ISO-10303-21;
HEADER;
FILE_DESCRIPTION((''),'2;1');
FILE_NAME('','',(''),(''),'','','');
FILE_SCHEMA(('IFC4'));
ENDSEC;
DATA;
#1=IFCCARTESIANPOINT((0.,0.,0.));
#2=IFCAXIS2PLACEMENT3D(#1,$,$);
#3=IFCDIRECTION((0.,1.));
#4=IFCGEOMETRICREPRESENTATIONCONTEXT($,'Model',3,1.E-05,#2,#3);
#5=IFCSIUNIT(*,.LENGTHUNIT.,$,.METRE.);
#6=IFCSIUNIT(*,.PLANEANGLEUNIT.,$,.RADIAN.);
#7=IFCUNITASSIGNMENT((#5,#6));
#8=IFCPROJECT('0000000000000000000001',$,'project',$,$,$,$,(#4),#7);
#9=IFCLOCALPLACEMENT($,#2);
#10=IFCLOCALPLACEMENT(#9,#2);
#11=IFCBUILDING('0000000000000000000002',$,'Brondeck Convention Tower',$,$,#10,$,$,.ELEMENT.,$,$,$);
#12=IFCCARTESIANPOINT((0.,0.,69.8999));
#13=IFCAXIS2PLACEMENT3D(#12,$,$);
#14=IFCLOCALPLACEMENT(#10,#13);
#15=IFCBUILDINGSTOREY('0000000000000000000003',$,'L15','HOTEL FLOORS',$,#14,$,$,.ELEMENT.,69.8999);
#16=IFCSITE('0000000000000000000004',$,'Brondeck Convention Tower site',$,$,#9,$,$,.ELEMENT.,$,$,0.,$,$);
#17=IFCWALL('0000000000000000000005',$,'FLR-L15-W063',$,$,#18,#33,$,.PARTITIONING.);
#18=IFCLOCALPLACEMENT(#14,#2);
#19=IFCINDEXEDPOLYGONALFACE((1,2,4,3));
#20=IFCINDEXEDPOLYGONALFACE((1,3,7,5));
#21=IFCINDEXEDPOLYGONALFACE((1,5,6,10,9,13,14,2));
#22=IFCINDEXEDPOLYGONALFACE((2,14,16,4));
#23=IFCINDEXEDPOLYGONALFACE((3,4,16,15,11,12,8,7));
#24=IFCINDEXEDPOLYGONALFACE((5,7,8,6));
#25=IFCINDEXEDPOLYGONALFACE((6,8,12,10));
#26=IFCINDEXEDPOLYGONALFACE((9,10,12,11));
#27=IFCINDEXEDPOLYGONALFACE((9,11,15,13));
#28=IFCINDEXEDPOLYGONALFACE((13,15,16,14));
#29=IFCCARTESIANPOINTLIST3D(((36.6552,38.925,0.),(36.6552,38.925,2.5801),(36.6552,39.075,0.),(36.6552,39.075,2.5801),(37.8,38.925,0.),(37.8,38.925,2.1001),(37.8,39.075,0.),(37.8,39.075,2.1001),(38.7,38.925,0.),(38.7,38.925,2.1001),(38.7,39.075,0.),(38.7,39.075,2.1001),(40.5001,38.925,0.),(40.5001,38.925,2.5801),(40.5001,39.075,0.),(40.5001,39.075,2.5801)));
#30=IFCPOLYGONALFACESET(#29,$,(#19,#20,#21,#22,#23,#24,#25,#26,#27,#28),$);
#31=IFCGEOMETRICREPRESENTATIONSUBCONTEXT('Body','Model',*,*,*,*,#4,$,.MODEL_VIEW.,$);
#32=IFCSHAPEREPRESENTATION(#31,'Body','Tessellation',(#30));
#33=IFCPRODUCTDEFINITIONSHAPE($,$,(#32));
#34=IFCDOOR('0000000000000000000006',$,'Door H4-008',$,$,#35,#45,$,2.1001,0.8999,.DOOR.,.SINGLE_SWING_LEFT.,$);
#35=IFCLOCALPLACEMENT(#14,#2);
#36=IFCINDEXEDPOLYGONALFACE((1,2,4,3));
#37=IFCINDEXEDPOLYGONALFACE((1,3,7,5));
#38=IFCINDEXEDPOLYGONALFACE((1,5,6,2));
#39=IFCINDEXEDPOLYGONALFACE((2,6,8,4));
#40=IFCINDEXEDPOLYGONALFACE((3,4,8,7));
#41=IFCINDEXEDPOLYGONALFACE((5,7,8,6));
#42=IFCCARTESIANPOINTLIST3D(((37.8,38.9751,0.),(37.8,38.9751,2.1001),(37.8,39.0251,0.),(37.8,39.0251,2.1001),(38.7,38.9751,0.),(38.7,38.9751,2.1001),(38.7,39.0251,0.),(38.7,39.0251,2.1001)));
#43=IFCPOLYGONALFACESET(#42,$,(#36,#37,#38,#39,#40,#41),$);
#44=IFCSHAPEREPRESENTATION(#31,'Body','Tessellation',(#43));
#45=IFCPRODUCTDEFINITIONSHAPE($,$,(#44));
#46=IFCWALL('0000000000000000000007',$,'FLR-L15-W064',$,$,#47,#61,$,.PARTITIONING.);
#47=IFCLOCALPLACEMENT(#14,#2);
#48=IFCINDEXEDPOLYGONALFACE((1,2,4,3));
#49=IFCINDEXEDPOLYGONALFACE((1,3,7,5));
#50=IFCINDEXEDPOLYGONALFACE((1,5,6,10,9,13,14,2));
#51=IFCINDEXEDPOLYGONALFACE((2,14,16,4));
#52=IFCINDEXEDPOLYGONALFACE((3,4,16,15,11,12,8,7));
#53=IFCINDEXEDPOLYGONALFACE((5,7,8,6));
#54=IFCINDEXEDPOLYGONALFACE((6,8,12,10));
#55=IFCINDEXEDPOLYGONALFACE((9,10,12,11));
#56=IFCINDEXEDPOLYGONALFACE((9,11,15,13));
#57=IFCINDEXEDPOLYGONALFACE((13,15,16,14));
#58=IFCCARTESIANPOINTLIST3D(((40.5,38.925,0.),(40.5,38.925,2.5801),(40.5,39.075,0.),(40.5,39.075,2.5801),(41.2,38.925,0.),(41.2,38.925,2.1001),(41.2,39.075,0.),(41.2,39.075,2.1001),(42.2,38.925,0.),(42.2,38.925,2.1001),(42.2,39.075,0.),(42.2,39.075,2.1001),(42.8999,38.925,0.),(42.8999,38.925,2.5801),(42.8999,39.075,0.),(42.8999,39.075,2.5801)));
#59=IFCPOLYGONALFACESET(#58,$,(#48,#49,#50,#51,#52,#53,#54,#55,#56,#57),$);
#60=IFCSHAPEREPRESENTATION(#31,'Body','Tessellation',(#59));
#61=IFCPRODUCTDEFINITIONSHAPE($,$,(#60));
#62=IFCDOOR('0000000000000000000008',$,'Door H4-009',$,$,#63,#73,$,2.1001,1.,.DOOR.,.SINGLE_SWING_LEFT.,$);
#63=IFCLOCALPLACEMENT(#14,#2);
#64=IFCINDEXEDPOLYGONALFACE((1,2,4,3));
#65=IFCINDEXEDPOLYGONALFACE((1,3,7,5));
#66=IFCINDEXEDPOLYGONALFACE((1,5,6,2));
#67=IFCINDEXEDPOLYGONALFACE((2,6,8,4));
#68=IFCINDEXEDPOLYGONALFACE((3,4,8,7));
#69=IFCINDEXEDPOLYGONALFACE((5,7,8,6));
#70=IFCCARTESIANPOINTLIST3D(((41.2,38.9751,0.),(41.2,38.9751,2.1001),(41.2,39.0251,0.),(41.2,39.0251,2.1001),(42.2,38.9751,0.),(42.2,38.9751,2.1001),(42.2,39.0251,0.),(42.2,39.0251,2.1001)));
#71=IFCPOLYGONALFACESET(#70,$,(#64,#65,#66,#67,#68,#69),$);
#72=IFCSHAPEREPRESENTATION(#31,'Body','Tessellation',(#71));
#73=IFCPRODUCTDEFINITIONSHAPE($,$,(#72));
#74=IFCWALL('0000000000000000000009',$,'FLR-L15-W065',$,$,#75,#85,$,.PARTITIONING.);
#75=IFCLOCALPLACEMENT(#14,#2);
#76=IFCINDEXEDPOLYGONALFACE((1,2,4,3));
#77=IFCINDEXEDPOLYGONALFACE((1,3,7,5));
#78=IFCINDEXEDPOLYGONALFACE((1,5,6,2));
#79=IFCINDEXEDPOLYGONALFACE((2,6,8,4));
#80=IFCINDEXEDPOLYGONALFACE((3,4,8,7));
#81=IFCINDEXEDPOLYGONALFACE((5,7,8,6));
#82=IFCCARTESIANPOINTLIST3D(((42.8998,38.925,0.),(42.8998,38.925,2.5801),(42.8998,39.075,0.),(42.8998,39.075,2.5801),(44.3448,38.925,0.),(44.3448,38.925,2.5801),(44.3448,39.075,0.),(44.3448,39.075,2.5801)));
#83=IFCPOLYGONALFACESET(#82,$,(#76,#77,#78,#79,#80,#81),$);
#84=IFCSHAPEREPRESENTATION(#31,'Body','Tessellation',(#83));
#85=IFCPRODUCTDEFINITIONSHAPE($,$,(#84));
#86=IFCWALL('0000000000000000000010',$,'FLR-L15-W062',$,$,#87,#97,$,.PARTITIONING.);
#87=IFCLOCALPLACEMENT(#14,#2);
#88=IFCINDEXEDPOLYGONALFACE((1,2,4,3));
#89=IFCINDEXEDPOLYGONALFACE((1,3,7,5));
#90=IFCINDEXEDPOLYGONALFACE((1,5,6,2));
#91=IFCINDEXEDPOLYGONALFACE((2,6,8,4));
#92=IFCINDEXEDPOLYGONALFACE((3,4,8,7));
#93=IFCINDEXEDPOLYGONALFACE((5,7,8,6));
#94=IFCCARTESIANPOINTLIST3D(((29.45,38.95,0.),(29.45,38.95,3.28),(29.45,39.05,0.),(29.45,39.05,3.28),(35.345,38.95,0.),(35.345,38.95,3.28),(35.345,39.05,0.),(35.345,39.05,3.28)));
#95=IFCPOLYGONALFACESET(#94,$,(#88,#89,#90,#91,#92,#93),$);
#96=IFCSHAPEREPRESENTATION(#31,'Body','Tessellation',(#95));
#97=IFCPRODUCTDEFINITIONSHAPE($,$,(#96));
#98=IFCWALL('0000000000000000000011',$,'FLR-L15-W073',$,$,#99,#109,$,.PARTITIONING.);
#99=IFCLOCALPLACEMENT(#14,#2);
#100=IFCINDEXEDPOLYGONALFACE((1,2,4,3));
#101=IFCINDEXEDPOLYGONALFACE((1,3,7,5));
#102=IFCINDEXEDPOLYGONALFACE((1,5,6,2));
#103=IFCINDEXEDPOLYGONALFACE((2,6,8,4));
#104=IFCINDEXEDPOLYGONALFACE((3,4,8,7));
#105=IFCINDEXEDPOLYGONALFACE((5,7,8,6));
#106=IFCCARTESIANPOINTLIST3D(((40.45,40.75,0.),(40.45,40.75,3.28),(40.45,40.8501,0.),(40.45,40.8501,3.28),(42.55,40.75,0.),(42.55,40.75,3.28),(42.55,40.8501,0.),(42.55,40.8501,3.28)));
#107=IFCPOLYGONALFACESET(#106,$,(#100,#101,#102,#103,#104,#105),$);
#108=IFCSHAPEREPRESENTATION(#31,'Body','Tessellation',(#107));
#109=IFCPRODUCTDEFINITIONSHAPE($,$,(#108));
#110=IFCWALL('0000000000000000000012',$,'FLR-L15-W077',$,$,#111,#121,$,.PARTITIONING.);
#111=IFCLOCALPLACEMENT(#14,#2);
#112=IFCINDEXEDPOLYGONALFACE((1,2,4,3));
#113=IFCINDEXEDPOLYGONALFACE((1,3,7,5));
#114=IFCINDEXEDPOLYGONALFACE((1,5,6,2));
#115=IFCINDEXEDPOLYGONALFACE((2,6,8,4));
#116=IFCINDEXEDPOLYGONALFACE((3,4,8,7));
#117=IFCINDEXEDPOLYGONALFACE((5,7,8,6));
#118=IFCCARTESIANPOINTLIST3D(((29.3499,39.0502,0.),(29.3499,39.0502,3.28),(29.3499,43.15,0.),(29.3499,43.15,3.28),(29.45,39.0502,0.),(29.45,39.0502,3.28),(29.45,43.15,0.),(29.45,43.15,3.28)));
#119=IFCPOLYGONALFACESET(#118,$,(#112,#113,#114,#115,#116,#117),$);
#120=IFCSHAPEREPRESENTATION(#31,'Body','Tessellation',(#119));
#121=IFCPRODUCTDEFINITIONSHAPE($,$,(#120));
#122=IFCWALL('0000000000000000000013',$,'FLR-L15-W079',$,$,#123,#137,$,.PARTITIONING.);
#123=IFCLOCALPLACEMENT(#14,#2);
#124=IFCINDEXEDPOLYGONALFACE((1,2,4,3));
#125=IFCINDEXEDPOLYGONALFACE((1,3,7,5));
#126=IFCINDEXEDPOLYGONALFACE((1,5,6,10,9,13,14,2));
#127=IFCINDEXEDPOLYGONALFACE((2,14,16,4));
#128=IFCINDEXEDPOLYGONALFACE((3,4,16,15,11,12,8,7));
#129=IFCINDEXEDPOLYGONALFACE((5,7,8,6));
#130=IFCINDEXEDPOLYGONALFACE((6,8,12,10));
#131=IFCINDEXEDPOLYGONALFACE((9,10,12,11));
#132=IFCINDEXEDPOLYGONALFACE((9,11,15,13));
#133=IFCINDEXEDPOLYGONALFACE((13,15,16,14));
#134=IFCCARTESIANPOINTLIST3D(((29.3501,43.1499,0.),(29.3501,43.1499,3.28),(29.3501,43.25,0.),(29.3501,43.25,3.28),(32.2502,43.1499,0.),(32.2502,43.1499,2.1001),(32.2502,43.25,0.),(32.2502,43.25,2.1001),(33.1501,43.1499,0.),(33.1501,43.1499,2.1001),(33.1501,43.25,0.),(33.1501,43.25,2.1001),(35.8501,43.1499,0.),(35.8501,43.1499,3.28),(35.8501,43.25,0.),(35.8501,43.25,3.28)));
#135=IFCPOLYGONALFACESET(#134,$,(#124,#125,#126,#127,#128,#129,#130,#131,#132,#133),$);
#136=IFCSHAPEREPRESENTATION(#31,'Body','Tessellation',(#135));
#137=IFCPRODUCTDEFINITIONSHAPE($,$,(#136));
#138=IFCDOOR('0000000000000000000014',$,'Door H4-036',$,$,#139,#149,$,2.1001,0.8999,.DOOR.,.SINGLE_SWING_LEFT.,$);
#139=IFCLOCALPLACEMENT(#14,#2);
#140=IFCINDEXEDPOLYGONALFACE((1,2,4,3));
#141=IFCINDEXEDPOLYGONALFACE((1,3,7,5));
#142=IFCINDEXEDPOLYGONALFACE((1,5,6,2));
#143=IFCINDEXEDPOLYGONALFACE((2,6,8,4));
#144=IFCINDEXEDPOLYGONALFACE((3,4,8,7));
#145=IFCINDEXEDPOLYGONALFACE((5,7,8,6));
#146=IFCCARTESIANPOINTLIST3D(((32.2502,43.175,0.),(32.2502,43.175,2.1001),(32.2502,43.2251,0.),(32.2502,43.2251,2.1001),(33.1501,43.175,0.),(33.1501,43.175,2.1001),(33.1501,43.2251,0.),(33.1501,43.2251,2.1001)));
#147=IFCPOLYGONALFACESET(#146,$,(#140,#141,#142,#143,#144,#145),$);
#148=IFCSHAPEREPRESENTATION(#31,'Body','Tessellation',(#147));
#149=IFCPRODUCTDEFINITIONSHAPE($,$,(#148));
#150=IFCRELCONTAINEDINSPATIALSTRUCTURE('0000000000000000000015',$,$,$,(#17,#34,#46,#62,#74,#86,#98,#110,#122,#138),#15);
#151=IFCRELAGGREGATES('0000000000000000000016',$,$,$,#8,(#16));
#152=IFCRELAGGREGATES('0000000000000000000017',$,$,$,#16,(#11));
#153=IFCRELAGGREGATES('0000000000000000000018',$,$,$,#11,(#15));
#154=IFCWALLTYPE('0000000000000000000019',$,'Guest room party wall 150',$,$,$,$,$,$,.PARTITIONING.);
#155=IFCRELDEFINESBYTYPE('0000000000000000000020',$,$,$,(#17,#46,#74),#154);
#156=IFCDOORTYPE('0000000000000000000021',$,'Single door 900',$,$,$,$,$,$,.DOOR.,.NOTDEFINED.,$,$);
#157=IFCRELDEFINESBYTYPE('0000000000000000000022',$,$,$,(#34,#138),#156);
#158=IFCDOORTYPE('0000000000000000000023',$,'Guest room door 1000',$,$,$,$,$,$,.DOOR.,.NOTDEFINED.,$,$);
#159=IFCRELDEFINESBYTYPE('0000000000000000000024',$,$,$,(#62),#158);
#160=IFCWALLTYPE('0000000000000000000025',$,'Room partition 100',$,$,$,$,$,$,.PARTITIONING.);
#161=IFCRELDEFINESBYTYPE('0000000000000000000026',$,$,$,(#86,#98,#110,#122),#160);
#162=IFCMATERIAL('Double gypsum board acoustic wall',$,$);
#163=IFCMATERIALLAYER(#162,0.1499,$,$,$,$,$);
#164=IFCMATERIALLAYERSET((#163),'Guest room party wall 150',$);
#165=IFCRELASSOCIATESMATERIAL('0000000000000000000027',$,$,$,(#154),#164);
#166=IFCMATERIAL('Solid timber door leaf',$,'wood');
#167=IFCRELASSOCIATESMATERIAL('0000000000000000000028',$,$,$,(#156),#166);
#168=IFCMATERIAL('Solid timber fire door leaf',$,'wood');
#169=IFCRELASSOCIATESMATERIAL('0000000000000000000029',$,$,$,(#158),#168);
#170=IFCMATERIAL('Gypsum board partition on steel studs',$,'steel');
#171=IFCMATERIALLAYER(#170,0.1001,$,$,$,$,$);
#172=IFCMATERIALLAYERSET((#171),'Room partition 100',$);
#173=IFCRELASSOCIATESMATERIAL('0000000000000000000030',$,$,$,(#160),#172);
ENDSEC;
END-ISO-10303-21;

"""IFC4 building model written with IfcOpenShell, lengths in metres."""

from ifc_helpers import new_model, si_unit, direction, frame, frame_2d, origin, place, context, subcontext, project, spatial, rectangle, extrude, material, layer, layer_set, type_object, element, fill, save


model = new_model("IFC4")

# Units and contexts
model_context = context("Model", 3, precision=1e-05, world=origin(), true_north=direction((0.0, 1.0)))
body_context = subcontext(model_context, "Body", "Model", "MODEL_VIEW")
ifc_project = project(units=[si_unit("LENGTHUNIT", "METRE"), si_unit("PLANEANGLEUNIT", "RADIAN")], contexts=[model_context])

# Site, building, storey
site_placement = place(None, origin())
site = spatial("IfcSite", under=ifc_project, at=site_placement, Name="Brondeck Convention Tower site", CompositionType="ELEMENT", RefElevation=0.0)
building_placement = place(site_placement, origin())
building = spatial("IfcBuilding", under=site, at=building_placement, Name="Brondeck Convention Tower", CompositionType="ELEMENT")
storey_placement = place(building_placement, frame((0.0, 0.0, 69.8999)))
storey = spatial("IfcBuildingStorey", under=building, at=storey_placement, Name="L15", Description="HOTEL FLOORS", CompositionType="ELEMENT", Elevation=69.8999)

# Walls, openings, doors
ifc_material_1 = material(Name="Double gypsum board acoustic wall")
ifc_layer_1 = layer(ifc_material_1, 0.1499)
ifc_layer_set_1 = layer_set([ifc_layer_1], Name="Guest room party wall 150")
wall_type_1 = type_object("IfcWallType", Name="Guest room party wall 150", PredefinedType="PARTITIONING", material=ifc_layer_set_1)
wall_1_placement = place(storey_placement, frame((40.5, 39.0, 0.0), z_axis=(0.0, 0.0, 1.0), x_axis=(-1.0, 0.0, 0.0)))
wall_1 = element("IfcWall", 1, at=wall_1_placement, inside=storey, type_object=wall_type_1, Name="FLR-L15-W063", PredefinedType="PARTITIONING", context=body_context, shape_type="SweptSolid", body=[
    extrude(rectangle(XDim=3.845, YDim=0.1499, at=frame_2d((1.9224, 0.0))), origin(), (0.0, 0.0, 1.0), 2.5801),
])
opening_1_placement = place(wall_1_placement, frame((1.8, 0.0, 0.0)))
opening_1 = element("IfcOpeningElement", 2, at=opening_1_placement, cuts=wall_1, PredefinedType="OPENING", context=body_context, shape_type="SweptSolid", body=[
    extrude(rectangle(XDim=0.8999, YDim=2.1001, at=frame_2d((0.45, 1.05))), frame((0.0, 0.085, 0.0), z_axis=(0.0, -1.0, 0.0), x_axis=(1.0, 0.0, 0.0)), (0.0, 0.0, 1.0), 0.1699),
])
ifc_material_2 = material(Name="Solid timber door leaf", Category="wood")
door_type_1 = type_object("IfcDoorType", Name="Single door 900", OperationType="NOTDEFINED", PredefinedType="DOOR", material=ifc_material_2)
door_1_placement = place(opening_1_placement, origin())
door_1 = element("IfcDoor", 3, at=door_1_placement, inside=storey, type_object=door_type_1, Name="Door H4-008", OperationType="SINGLE_SWING_LEFT", OverallHeight=2.1001, OverallWidth=0.8999, PredefinedType="DOOR", context=body_context, shape_type="SweptSolid", body=[
    extrude(rectangle(XDim=0.8999, YDim=2.1001, at=frame_2d((0.45, 1.05))), frame((0.0, 0.0249, 0.0), z_axis=(0.0, -1.0, 0.0), x_axis=(1.0, 0.0, 0.0)), (0.0, 0.0, 1.0), 0.05),
])
fill(opening_1, door_1)
wall_2_placement = place(storey_placement, frame((42.8999, 39.0, 0.0), z_axis=(0.0, 0.0, 1.0), x_axis=(-1.0, 0.0, 0.0)))
wall_2 = element("IfcWall", 4, at=wall_2_placement, inside=storey, type_object=wall_type_1, Name="FLR-L15-W064", PredefinedType="PARTITIONING", context=body_context, shape_type="SweptSolid", body=[
    extrude(rectangle(XDim=2.3999, YDim=0.1499, at=frame_2d((1.2, 0.0))), origin(), (0.0, 0.0, 1.0), 2.5801),
])
opening_2_placement = place(wall_2_placement, frame((0.7, 0.0, 0.0)))
opening_2 = element("IfcOpeningElement", 5, at=opening_2_placement, cuts=wall_2, PredefinedType="OPENING", context=body_context, shape_type="SweptSolid", body=[
    extrude(rectangle(XDim=1.0, YDim=2.1001, at=frame_2d((0.5, 1.05))), frame((0.0, 0.085, 0.0), z_axis=(0.0, -1.0, 0.0), x_axis=(1.0, 0.0, 0.0)), (0.0, 0.0, 1.0), 0.1699),
])
ifc_material_3 = material(Name="Solid timber fire door leaf", Category="wood")
door_type_2 = type_object("IfcDoorType", Name="Guest room door 1000", OperationType="NOTDEFINED", PredefinedType="DOOR", material=ifc_material_3)
door_2_placement = place(opening_2_placement, origin())
door_2 = element("IfcDoor", 6, at=door_2_placement, inside=storey, type_object=door_type_2, Name="Door H4-009", OperationType="SINGLE_SWING_LEFT", OverallHeight=2.1001, OverallWidth=1.0, PredefinedType="DOOR", context=body_context, shape_type="SweptSolid", body=[
    extrude(rectangle(XDim=1.0, YDim=2.1001, at=frame_2d((0.5, 1.05))), frame((0.0, 0.0249, 0.0), z_axis=(0.0, -1.0, 0.0), x_axis=(1.0, 0.0, 0.0)), (0.0, 0.0, 1.0), 0.05),
])
fill(opening_2, door_2)

# Walls
wall_3_placement = place(storey_placement, frame((44.345, 39.0, 0.0), z_axis=(0.0, 0.0, 1.0), x_axis=(-1.0, 0.0, 0.0)))
element("IfcWall", 7, at=wall_3_placement, inside=storey, type_object=wall_type_1, Name="FLR-L15-W065", PredefinedType="PARTITIONING", context=body_context, shape_type="SweptSolid", body=[
    extrude(rectangle(XDim=1.4451, YDim=0.1499, at=frame_2d((0.7227, 0.0))), origin(), (0.0, 0.0, 1.0), 2.5801),
])
ifc_material_4 = material(Name="Gypsum board partition on steel studs", Category="steel")
ifc_layer_2 = layer(ifc_material_4, 0.1001)
ifc_layer_set_2 = layer_set([ifc_layer_2], Name="Room partition 100")
wall_type_2 = type_object("IfcWallType", Name="Room partition 100", PredefinedType="PARTITIONING", material=ifc_layer_set_2)
wall_4_placement = place(storey_placement, frame((35.345, 39.0, 0.0), z_axis=(0.0, 0.0, 1.0), x_axis=(-1.0, 0.0, 0.0)))
element("IfcWall", 8, at=wall_4_placement, inside=storey, type_object=wall_type_2, Name="FLR-L15-W062", PredefinedType="PARTITIONING", context=body_context, shape_type="SweptSolid", body=[
    extrude(rectangle(XDim=5.895, YDim=0.1001, at=frame_2d((2.9475, 0.0))), origin(), (0.0, 0.0, 1.0), 3.28),
])
wall_5_placement = place(storey_placement, frame((40.45, 40.8, 0.0), z_axis=(0.0, 0.0, 1.0), x_axis=(1.0, 0.0, 0.0)))
element("IfcWall", 9, at=wall_5_placement, inside=storey, type_object=wall_type_2, Name="FLR-L15-W073", PredefinedType="PARTITIONING", context=body_context, shape_type="SweptSolid", body=[
    extrude(rectangle(XDim=2.1001, YDim=0.1001, at=frame_2d((1.05, 0.0))), origin(), (0.0, 0.0, 1.0), 3.28),
])
wall_6_placement = place(storey_placement, frame((29.3999, 43.1499, 0.0), z_axis=(0.0, 0.0, 1.0), x_axis=(0.0, -1.0, 0.0)))
element("IfcWall", 10, at=wall_6_placement, inside=storey, type_object=wall_type_2, Name="FLR-L15-W077", PredefinedType="PARTITIONING", context=body_context, shape_type="SweptSolid", body=[
    extrude(rectangle(XDim=4.0999, YDim=0.1001, at=frame_2d((2.0498, 0.0))), origin(), (0.0, 0.0, 1.0), 3.28),
])

# Wall, opening, door
wall_7_placement = place(storey_placement, frame((35.8501, 43.2, 0.0), z_axis=(0.0, 0.0, 1.0), x_axis=(-1.0, 0.0, 0.0)))
wall_7 = element("IfcWall", 11, at=wall_7_placement, inside=storey, type_object=wall_type_2, Name="FLR-L15-W079", PredefinedType="PARTITIONING", context=body_context, shape_type="SweptSolid", body=[
    extrude(rectangle(XDim=6.5, YDim=0.1001, at=frame_2d((3.25, 0.0))), origin(), (0.0, 0.0, 1.0), 3.28),
])
opening_3_placement = place(wall_7_placement, frame((2.7, 0.0, 0.0)))
opening_3 = element("IfcOpeningElement", 12, at=opening_3_placement, cuts=wall_7, PredefinedType="OPENING", context=body_context, shape_type="SweptSolid", body=[
    extrude(rectangle(XDim=0.8999, YDim=2.1001, at=frame_2d((0.45, 1.05))), frame((0.0, 0.0601, 0.0), z_axis=(0.0, -1.0, 0.0), x_axis=(1.0, 0.0, 0.0)), (0.0, 0.0, 1.0), 0.1201),
])
door_3_placement = place(opening_3_placement, origin())
door_3 = element("IfcDoor", 13, at=door_3_placement, inside=storey, type_object=door_type_1, Name="Door H4-036", OperationType="SINGLE_SWING_LEFT", OverallHeight=2.1001, OverallWidth=0.8999, PredefinedType="DOOR", context=body_context, shape_type="SweptSolid", body=[
    extrude(rectangle(XDim=0.8999, YDim=2.1001, at=frame_2d((0.45, 1.05))), frame((0.0, 0.0249, 0.0), z_axis=(0.0, -1.0, 0.0), x_axis=(1.0, 0.0, 0.0)), (0.0, 0.0, 1.0), 0.05),
])
fill(opening_3, door_3)

save(model, "model.ifc")
